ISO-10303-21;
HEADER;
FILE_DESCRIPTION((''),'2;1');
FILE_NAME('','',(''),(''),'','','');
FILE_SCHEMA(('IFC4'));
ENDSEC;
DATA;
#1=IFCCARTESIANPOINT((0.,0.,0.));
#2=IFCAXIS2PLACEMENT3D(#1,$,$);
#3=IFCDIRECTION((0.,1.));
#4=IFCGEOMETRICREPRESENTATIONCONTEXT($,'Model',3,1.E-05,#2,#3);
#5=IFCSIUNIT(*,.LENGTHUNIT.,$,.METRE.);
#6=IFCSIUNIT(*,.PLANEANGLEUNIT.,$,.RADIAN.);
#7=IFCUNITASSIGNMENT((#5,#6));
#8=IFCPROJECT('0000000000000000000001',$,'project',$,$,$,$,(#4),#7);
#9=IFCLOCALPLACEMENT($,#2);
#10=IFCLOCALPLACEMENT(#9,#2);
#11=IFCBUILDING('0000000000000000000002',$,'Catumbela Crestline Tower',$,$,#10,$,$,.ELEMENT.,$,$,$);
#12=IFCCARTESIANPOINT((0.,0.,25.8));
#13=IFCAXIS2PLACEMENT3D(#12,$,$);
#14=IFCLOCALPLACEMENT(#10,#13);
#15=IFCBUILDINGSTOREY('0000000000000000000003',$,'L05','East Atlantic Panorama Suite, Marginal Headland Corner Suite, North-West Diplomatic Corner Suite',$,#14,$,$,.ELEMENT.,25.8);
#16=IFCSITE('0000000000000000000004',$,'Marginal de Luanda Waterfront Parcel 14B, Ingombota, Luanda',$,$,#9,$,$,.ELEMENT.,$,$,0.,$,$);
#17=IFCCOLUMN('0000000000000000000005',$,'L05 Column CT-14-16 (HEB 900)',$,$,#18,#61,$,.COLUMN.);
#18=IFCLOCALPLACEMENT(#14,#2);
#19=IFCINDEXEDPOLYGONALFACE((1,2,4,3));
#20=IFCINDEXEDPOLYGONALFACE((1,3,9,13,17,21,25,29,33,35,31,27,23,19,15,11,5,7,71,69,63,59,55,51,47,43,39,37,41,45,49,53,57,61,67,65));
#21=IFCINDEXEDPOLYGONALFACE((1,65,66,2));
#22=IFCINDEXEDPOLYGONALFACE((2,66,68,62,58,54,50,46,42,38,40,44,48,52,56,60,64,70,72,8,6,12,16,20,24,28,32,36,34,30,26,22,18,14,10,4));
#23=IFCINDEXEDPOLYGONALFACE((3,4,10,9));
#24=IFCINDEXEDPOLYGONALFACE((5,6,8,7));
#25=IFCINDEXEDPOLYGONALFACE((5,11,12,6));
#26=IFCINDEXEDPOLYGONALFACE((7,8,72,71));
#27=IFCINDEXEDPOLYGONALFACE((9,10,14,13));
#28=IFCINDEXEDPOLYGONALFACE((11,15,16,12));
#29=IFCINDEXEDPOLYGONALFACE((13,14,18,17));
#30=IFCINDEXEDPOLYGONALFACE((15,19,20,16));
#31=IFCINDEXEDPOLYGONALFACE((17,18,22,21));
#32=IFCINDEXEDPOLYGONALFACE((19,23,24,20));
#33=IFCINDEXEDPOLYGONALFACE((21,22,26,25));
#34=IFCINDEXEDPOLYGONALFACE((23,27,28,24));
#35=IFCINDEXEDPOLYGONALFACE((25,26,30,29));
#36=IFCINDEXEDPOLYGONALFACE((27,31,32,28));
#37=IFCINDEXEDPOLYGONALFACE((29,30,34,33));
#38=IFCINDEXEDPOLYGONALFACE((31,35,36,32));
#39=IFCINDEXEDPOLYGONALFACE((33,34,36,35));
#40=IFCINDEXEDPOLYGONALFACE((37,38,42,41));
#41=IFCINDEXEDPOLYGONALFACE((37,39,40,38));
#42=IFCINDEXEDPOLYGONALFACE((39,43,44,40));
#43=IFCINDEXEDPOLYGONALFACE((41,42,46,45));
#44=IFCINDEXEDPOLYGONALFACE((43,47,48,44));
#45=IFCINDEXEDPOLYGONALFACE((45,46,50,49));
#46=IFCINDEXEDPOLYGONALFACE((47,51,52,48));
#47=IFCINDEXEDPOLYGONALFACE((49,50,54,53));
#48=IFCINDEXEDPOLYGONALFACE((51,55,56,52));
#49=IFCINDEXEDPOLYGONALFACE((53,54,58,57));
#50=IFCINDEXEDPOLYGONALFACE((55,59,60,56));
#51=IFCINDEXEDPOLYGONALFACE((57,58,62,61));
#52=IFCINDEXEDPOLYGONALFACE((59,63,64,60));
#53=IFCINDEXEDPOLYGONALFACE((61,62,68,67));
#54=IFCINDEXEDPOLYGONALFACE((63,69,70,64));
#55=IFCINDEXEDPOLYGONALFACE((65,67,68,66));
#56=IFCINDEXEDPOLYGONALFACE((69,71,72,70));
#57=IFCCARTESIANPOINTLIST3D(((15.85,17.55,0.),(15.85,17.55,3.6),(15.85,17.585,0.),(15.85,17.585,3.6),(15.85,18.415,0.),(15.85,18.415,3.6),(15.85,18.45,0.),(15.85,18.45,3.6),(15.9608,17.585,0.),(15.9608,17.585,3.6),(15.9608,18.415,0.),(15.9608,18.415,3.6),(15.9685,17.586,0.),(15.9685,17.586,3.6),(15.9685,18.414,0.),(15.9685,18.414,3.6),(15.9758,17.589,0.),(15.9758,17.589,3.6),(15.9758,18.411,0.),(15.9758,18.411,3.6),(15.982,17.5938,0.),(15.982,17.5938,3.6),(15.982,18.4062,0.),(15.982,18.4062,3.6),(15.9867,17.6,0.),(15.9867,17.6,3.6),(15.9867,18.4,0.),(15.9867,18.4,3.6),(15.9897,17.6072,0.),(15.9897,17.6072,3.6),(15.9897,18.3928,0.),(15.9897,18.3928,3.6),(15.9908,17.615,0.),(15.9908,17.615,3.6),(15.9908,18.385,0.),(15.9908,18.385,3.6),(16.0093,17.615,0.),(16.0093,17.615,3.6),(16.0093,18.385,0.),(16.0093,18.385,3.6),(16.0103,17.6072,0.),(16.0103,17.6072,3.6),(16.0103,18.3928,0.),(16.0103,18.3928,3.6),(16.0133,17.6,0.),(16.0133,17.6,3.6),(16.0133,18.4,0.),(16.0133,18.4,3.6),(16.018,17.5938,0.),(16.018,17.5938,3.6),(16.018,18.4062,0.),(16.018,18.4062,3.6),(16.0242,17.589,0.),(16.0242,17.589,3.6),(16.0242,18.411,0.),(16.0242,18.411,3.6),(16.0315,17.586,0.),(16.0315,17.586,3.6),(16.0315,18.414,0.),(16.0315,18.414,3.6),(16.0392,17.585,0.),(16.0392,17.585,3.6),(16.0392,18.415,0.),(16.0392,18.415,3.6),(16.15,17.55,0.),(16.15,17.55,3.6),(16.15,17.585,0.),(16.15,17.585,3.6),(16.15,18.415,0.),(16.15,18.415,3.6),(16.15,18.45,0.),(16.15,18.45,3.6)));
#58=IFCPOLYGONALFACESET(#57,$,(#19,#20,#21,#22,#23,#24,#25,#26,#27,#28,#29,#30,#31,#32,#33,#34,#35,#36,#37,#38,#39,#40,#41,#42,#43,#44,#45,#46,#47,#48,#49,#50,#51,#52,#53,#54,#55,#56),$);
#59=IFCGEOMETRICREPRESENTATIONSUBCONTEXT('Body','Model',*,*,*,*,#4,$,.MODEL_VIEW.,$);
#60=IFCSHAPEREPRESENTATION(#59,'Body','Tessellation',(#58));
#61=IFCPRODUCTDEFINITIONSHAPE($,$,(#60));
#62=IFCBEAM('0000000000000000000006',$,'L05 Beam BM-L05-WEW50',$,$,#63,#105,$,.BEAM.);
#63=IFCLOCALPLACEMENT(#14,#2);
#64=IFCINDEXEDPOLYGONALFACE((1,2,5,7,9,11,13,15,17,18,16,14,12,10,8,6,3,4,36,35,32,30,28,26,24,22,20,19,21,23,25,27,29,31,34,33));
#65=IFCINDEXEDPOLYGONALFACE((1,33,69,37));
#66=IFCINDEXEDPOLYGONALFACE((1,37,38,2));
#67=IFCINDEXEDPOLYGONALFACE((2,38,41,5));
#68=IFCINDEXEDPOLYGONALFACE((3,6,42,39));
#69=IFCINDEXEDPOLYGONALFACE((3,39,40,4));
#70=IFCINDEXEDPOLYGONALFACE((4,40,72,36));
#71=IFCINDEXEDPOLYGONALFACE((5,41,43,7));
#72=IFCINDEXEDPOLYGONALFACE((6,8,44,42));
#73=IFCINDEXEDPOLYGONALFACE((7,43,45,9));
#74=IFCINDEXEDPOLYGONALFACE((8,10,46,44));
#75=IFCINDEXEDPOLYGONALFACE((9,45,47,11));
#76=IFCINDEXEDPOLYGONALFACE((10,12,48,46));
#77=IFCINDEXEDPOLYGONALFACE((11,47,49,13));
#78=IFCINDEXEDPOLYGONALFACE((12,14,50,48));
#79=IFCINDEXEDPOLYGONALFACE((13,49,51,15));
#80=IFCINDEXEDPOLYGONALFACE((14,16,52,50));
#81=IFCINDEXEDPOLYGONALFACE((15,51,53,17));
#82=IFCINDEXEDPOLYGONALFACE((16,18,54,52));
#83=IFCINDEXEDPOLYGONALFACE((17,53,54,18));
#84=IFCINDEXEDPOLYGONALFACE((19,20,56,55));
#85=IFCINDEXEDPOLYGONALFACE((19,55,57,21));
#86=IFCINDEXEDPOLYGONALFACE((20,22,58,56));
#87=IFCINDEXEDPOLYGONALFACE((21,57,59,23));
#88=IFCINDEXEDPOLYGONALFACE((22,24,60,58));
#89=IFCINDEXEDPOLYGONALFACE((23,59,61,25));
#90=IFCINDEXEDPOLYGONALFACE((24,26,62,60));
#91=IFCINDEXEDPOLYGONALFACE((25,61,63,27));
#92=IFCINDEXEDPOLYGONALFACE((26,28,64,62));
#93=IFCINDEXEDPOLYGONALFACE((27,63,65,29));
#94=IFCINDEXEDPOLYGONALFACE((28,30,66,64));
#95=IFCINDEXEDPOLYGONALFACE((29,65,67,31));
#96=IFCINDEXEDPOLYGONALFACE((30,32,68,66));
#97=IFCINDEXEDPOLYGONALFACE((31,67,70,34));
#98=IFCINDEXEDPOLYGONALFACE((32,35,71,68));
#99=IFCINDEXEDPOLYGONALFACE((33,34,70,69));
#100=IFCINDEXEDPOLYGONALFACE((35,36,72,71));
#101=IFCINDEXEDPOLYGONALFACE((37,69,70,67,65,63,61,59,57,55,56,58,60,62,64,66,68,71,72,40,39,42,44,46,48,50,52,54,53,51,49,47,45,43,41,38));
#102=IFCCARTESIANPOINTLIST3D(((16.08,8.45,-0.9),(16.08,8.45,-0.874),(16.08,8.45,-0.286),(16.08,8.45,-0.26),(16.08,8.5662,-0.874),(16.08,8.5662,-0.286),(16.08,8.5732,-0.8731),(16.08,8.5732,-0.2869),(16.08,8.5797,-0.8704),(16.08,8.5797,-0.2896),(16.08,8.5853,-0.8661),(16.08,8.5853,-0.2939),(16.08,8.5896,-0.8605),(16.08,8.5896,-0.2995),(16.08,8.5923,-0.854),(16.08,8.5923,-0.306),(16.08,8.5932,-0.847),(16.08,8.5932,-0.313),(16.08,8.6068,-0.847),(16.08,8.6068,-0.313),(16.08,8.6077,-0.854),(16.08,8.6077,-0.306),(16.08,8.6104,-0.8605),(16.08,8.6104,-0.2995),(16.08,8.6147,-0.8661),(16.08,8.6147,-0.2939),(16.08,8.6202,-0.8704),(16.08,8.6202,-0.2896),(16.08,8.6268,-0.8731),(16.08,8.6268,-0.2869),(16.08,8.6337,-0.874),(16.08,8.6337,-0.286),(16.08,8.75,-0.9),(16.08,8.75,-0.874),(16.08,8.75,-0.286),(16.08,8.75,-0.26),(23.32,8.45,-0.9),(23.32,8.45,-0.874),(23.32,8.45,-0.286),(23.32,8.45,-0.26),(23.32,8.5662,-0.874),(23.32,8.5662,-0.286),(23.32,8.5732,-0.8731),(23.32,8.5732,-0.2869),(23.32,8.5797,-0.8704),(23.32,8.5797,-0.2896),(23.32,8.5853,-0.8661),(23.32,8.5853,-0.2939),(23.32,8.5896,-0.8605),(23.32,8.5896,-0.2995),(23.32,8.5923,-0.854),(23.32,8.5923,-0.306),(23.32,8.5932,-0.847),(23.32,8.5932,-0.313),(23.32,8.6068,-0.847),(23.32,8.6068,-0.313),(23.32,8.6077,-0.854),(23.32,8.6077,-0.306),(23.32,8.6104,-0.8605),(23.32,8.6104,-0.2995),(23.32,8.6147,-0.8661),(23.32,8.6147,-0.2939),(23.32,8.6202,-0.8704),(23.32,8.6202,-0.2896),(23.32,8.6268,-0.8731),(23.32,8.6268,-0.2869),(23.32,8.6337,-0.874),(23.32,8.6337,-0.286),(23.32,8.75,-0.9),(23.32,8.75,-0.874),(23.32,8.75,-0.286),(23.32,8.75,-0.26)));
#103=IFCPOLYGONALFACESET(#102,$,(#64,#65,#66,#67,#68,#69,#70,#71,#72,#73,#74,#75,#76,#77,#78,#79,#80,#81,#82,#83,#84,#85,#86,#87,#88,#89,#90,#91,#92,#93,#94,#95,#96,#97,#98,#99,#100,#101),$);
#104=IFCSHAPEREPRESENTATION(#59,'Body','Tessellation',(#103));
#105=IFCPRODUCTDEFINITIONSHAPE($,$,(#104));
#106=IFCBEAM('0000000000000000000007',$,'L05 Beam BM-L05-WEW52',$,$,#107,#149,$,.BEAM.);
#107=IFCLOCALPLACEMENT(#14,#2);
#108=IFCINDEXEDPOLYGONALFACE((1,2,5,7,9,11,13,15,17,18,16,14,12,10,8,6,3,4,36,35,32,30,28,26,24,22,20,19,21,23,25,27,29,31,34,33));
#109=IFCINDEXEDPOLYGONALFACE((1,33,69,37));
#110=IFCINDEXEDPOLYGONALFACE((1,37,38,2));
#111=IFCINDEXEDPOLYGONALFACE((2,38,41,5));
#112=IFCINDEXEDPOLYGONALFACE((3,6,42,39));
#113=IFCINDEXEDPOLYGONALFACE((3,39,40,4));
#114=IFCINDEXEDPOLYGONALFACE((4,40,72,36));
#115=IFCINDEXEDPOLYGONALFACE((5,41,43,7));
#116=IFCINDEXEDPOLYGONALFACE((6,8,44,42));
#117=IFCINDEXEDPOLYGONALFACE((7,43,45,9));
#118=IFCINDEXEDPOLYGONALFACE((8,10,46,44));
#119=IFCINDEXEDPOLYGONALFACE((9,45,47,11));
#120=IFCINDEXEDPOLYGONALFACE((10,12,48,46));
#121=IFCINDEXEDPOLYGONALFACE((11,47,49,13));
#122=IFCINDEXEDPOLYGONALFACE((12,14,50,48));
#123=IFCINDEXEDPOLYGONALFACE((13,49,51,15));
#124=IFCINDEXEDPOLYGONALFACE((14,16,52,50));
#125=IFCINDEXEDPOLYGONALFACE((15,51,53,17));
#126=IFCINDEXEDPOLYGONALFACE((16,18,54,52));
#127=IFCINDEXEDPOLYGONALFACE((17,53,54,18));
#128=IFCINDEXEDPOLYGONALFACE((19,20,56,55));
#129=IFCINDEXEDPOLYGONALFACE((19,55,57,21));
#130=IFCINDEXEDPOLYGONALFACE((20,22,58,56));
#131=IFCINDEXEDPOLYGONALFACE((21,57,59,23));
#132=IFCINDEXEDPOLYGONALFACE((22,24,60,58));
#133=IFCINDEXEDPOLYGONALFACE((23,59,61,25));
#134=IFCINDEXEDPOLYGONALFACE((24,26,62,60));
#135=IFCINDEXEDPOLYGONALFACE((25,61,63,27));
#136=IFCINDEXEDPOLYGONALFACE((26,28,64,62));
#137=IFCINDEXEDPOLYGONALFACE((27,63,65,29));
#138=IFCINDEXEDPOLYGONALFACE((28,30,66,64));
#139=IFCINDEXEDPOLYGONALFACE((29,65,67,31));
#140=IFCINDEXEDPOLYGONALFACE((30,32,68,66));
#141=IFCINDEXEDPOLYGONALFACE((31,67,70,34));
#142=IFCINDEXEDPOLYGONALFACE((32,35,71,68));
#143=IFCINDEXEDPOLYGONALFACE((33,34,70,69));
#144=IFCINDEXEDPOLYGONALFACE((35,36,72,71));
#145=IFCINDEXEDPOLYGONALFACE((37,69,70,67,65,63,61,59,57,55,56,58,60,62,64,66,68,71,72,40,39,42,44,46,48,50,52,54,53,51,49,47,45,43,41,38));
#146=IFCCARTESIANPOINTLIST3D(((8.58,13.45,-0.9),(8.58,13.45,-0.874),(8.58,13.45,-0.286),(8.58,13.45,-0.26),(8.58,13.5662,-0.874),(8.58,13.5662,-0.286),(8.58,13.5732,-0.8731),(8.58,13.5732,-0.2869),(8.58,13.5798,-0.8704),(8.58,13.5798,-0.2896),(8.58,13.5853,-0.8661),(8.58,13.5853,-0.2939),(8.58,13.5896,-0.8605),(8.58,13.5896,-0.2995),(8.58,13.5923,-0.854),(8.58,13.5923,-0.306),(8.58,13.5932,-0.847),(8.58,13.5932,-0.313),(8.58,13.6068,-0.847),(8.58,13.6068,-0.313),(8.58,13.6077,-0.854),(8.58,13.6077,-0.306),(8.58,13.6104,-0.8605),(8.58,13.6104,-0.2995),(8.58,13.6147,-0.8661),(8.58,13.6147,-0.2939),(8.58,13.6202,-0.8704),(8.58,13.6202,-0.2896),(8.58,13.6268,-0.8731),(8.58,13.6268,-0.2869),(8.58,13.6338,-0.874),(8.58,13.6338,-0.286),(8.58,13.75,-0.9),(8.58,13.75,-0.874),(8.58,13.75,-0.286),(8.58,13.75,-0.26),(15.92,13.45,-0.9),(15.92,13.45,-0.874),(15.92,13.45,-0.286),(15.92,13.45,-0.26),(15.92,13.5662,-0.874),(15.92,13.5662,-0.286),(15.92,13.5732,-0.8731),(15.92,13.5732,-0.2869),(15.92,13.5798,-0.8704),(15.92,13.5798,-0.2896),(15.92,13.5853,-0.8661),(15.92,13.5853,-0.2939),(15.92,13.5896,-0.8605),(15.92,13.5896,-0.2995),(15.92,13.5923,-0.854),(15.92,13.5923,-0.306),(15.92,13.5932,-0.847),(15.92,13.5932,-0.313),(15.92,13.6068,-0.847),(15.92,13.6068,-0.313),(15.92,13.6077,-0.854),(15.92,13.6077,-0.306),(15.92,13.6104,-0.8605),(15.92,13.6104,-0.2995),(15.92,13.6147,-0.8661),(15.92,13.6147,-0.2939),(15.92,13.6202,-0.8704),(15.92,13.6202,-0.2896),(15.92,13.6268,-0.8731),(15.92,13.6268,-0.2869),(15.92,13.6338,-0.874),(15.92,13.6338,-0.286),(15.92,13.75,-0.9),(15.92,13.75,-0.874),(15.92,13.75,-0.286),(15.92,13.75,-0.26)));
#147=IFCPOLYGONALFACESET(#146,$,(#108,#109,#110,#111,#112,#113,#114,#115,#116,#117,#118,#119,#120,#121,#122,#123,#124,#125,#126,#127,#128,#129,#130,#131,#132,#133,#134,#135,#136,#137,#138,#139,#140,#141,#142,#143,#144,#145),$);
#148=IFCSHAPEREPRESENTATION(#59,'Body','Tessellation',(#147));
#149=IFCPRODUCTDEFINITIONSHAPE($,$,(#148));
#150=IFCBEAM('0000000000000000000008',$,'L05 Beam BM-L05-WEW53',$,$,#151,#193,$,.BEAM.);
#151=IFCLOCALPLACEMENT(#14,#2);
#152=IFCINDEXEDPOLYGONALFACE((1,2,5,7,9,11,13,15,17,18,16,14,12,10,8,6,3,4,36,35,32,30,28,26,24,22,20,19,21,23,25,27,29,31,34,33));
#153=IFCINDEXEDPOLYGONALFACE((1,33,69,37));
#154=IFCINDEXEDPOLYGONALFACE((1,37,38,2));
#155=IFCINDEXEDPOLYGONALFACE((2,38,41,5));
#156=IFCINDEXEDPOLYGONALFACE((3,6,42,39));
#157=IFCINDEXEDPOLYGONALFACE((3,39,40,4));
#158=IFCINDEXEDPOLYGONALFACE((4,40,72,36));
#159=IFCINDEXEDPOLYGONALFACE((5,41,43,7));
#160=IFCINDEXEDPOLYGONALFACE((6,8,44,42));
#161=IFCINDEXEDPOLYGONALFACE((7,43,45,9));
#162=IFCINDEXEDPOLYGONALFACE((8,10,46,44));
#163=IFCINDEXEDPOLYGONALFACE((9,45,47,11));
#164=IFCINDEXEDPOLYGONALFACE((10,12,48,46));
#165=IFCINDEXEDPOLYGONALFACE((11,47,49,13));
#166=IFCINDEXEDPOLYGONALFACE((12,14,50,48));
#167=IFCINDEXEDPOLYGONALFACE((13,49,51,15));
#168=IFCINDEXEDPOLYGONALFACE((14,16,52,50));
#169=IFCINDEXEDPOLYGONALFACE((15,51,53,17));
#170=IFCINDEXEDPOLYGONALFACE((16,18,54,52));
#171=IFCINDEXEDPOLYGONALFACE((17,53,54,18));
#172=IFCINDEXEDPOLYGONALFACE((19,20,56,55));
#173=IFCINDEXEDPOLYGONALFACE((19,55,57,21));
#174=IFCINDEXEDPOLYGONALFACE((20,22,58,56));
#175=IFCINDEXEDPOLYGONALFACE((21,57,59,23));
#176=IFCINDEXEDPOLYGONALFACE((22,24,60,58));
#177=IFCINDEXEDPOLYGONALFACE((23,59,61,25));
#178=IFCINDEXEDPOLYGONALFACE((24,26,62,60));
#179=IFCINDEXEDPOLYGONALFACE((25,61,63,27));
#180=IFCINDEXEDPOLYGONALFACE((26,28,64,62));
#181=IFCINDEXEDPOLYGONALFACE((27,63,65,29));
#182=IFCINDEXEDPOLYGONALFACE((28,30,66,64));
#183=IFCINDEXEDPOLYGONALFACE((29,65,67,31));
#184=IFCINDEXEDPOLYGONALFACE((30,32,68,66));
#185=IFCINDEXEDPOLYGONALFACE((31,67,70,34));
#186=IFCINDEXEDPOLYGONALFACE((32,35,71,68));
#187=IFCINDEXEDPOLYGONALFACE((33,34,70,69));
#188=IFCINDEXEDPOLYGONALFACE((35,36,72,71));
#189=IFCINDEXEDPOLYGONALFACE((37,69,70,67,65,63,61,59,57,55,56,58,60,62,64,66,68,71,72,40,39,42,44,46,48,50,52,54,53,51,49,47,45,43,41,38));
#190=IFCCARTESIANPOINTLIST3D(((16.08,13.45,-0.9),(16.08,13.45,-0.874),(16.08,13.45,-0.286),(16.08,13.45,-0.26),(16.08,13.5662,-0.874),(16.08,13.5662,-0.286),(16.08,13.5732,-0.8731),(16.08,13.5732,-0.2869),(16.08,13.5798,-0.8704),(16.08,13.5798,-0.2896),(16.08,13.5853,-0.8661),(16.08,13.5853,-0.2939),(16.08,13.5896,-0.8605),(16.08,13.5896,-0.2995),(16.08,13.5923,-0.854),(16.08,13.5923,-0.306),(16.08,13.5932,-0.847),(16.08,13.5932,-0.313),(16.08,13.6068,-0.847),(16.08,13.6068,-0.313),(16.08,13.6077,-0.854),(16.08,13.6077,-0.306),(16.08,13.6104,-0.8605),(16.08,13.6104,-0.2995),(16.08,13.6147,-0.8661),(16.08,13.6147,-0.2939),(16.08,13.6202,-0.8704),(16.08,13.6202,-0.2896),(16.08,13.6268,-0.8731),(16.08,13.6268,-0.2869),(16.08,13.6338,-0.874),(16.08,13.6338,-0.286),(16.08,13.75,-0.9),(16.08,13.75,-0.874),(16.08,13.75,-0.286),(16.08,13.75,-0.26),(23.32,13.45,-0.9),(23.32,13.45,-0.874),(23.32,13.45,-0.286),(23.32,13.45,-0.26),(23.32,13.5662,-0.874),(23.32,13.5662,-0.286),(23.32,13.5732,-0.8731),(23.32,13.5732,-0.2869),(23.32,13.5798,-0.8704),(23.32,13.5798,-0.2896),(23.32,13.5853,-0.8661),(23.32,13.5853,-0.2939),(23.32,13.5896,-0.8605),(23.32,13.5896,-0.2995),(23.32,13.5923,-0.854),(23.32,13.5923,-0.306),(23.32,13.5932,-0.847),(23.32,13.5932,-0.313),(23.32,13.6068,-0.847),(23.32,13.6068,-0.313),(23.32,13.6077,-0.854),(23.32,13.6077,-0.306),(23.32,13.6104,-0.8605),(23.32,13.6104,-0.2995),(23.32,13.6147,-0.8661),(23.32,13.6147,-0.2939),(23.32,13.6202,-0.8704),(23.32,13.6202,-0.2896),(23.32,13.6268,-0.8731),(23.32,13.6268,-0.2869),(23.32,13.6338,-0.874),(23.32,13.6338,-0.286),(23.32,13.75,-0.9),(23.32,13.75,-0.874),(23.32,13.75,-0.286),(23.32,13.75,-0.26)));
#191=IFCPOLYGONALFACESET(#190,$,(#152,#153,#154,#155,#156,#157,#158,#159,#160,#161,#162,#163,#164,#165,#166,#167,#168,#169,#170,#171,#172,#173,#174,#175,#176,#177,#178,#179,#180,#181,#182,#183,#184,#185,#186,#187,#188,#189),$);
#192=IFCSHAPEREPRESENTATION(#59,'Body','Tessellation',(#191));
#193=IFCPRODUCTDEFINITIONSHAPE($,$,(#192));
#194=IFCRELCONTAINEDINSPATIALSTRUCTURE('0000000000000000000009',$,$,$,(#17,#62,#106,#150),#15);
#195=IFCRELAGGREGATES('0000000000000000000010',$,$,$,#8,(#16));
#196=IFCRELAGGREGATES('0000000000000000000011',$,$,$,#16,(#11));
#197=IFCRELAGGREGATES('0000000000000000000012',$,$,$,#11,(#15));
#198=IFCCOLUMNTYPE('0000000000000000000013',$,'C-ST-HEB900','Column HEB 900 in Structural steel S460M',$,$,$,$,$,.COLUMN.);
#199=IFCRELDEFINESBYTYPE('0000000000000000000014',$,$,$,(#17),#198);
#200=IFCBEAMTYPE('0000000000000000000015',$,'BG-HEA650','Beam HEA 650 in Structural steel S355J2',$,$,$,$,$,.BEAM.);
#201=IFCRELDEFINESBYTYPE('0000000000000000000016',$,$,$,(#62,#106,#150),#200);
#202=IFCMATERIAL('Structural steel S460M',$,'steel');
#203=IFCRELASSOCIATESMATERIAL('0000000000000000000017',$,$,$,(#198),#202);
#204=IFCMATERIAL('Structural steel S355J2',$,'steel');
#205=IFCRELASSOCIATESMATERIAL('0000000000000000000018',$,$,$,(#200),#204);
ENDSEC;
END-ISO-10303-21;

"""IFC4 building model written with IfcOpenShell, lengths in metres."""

from ifc_helpers import new_model, si_unit, direction, frame, origin, origin_2d, place, context, subcontext, project, spatial, i_section, extrude, material, material_profile, profile_set, type_object, element, save


model = new_model("IFC4")

# Units and contexts
model_context = context("Model", 3, precision=1e-05, world=origin(), true_north=direction((0.0, 1.0)))
body_context = subcontext(model_context, "Body", "Model", "MODEL_VIEW")
ifc_project = project(units=[si_unit("LENGTHUNIT", "METRE"), si_unit("PLANEANGLEUNIT", "RADIAN")], contexts=[model_context])

# Site, building, storey
site_placement = place(None, origin())
site = spatial("IfcSite", under=ifc_project, at=site_placement, Name="Marginal de Luanda Waterfront Parcel 14B, Ingombota, Luanda", CompositionType="ELEMENT", RefElevation=0.0)
building_placement = place(site_placement, origin())
building = spatial("IfcBuilding", under=site, at=building_placement, Name="Catumbela Crestline Tower", CompositionType="ELEMENT")
storey_placement = place(building_placement, frame((0.0, 0.0, 25.8)))
storey = spatial("IfcBuildingStorey", under=building, at=storey_placement, Name="L05", Description="East Atlantic Panorama Suite, Marginal Headland Corner Suite, North-West Diplomatic Corner Suite", CompositionType="ELEMENT", Elevation=25.8)

# Column
ifc_material_1 = material(Name="Structural steel S460M", Category="steel")
ifc_material_profile_1 = material_profile(ifc_material_1, i_section(OverallWidth=0.3, OverallDepth=0.9, WebThickness=0.0185, FlangeThickness=0.035, FilletRadius=0.03, at=origin_2d()), Name="HEB 900")
ifc_profile_set_1 = profile_set([ifc_material_profile_1], Name="Structural steel S460M")
column_type = type_object("IfcColumnType", Name="C-ST-HEB900", Description="Column HEB 900 in Structural steel S460M", PredefinedType="COLUMN", material=ifc_profile_set_1)
for number, where, z_axis, x_axis, name in (
    (1, (16.0, 18.0, 0.0), (0.0, 0.0, 1.0), (1.0, 0.0, 0.0), "L05 Column CT-14-16 (HEB 900)"),
):
    element("IfcColumn", number, at=place(storey_placement, frame(where, z_axis=z_axis, x_axis=x_axis)), inside=storey, type_object=column_type, Name=name, PredefinedType="COLUMN", context=body_context, shape_type="SweptSolid", body=[
        extrude(i_section(OverallWidth=0.3, OverallDepth=0.9, WebThickness=0.0185, FlangeThickness=0.035, FilletRadius=0.03, at=origin_2d()), origin(), (0.0, 0.0, 1.0), 3.6),
    ])

# Beams
ifc_material_2 = material(Name="Structural steel S355J2", Category="steel")
ifc_material_profile_2 = material_profile(ifc_material_2, i_section(OverallWidth=0.3, OverallDepth=0.64, WebThickness=0.0135, FlangeThickness=0.026, FilletRadius=0.027, at=origin_2d()), Name="HEA 650")
ifc_profile_set_2 = profile_set([ifc_material_profile_2], Name="Structural steel S355J2")
beam_type_1 = type_object("IfcBeamType", Name="BG-HEA650", Description="Beam HEA 650 in Structural steel S355J2", PredefinedType="BEAM", material=ifc_profile_set_2)
beam_1_placement = place(storey_placement, frame((16.08, 8.6, -0.58), z_axis=(1.0, 0.0, 0.0), x_axis=(0.0, 1.0, 0.0)))
element("IfcBeam", 2, at=beam_1_placement, inside=storey, type_object=beam_type_1, Name="L05 Beam BM-L05-WEW50", PredefinedType="BEAM", context=body_context, shape_type="SweptSolid", body=[
    extrude(i_section(OverallWidth=0.3, OverallDepth=0.64, WebThickness=0.0135, FlangeThickness=0.026, FilletRadius=0.027, at=origin_2d()), origin(), (0.0, 0.0, 1.0), 7.24),
])
beam_2_placement = place(storey_placement, frame((8.58, 13.6, -0.58), z_axis=(1.0, 0.0, 0.0), x_axis=(0.0, 1.0, 0.0)))
element("IfcBeam", 3, at=beam_2_placement, inside=storey, type_object=beam_type_1, Name="L05 Beam BM-L05-WEW52", PredefinedType="BEAM", context=body_context, shape_type="SweptSolid", body=[
    extrude(i_section(OverallWidth=0.3, OverallDepth=0.64, WebThickness=0.0135, FlangeThickness=0.026, FilletRadius=0.027, at=origin_2d()), origin(), (0.0, 0.0, 1.0), 7.34),
])
beam_3_placement = place(storey_placement, frame((16.08, 13.6, -0.58), z_axis=(1.0, 0.0, 0.0), x_axis=(0.0, 1.0, 0.0)))
element("IfcBeam", 4, at=beam_3_placement, inside=storey, type_object=beam_type_1, Name="L05 Beam BM-L05-WEW53", PredefinedType="BEAM", context=body_context, shape_type="SweptSolid", body=[
    extrude(i_section(OverallWidth=0.3, OverallDepth=0.64, WebThickness=0.0135, FlangeThickness=0.026, FilletRadius=0.027, at=origin_2d()), origin(), (0.0, 0.0, 1.0), 7.24),
])

save(model, "model.ifc")
